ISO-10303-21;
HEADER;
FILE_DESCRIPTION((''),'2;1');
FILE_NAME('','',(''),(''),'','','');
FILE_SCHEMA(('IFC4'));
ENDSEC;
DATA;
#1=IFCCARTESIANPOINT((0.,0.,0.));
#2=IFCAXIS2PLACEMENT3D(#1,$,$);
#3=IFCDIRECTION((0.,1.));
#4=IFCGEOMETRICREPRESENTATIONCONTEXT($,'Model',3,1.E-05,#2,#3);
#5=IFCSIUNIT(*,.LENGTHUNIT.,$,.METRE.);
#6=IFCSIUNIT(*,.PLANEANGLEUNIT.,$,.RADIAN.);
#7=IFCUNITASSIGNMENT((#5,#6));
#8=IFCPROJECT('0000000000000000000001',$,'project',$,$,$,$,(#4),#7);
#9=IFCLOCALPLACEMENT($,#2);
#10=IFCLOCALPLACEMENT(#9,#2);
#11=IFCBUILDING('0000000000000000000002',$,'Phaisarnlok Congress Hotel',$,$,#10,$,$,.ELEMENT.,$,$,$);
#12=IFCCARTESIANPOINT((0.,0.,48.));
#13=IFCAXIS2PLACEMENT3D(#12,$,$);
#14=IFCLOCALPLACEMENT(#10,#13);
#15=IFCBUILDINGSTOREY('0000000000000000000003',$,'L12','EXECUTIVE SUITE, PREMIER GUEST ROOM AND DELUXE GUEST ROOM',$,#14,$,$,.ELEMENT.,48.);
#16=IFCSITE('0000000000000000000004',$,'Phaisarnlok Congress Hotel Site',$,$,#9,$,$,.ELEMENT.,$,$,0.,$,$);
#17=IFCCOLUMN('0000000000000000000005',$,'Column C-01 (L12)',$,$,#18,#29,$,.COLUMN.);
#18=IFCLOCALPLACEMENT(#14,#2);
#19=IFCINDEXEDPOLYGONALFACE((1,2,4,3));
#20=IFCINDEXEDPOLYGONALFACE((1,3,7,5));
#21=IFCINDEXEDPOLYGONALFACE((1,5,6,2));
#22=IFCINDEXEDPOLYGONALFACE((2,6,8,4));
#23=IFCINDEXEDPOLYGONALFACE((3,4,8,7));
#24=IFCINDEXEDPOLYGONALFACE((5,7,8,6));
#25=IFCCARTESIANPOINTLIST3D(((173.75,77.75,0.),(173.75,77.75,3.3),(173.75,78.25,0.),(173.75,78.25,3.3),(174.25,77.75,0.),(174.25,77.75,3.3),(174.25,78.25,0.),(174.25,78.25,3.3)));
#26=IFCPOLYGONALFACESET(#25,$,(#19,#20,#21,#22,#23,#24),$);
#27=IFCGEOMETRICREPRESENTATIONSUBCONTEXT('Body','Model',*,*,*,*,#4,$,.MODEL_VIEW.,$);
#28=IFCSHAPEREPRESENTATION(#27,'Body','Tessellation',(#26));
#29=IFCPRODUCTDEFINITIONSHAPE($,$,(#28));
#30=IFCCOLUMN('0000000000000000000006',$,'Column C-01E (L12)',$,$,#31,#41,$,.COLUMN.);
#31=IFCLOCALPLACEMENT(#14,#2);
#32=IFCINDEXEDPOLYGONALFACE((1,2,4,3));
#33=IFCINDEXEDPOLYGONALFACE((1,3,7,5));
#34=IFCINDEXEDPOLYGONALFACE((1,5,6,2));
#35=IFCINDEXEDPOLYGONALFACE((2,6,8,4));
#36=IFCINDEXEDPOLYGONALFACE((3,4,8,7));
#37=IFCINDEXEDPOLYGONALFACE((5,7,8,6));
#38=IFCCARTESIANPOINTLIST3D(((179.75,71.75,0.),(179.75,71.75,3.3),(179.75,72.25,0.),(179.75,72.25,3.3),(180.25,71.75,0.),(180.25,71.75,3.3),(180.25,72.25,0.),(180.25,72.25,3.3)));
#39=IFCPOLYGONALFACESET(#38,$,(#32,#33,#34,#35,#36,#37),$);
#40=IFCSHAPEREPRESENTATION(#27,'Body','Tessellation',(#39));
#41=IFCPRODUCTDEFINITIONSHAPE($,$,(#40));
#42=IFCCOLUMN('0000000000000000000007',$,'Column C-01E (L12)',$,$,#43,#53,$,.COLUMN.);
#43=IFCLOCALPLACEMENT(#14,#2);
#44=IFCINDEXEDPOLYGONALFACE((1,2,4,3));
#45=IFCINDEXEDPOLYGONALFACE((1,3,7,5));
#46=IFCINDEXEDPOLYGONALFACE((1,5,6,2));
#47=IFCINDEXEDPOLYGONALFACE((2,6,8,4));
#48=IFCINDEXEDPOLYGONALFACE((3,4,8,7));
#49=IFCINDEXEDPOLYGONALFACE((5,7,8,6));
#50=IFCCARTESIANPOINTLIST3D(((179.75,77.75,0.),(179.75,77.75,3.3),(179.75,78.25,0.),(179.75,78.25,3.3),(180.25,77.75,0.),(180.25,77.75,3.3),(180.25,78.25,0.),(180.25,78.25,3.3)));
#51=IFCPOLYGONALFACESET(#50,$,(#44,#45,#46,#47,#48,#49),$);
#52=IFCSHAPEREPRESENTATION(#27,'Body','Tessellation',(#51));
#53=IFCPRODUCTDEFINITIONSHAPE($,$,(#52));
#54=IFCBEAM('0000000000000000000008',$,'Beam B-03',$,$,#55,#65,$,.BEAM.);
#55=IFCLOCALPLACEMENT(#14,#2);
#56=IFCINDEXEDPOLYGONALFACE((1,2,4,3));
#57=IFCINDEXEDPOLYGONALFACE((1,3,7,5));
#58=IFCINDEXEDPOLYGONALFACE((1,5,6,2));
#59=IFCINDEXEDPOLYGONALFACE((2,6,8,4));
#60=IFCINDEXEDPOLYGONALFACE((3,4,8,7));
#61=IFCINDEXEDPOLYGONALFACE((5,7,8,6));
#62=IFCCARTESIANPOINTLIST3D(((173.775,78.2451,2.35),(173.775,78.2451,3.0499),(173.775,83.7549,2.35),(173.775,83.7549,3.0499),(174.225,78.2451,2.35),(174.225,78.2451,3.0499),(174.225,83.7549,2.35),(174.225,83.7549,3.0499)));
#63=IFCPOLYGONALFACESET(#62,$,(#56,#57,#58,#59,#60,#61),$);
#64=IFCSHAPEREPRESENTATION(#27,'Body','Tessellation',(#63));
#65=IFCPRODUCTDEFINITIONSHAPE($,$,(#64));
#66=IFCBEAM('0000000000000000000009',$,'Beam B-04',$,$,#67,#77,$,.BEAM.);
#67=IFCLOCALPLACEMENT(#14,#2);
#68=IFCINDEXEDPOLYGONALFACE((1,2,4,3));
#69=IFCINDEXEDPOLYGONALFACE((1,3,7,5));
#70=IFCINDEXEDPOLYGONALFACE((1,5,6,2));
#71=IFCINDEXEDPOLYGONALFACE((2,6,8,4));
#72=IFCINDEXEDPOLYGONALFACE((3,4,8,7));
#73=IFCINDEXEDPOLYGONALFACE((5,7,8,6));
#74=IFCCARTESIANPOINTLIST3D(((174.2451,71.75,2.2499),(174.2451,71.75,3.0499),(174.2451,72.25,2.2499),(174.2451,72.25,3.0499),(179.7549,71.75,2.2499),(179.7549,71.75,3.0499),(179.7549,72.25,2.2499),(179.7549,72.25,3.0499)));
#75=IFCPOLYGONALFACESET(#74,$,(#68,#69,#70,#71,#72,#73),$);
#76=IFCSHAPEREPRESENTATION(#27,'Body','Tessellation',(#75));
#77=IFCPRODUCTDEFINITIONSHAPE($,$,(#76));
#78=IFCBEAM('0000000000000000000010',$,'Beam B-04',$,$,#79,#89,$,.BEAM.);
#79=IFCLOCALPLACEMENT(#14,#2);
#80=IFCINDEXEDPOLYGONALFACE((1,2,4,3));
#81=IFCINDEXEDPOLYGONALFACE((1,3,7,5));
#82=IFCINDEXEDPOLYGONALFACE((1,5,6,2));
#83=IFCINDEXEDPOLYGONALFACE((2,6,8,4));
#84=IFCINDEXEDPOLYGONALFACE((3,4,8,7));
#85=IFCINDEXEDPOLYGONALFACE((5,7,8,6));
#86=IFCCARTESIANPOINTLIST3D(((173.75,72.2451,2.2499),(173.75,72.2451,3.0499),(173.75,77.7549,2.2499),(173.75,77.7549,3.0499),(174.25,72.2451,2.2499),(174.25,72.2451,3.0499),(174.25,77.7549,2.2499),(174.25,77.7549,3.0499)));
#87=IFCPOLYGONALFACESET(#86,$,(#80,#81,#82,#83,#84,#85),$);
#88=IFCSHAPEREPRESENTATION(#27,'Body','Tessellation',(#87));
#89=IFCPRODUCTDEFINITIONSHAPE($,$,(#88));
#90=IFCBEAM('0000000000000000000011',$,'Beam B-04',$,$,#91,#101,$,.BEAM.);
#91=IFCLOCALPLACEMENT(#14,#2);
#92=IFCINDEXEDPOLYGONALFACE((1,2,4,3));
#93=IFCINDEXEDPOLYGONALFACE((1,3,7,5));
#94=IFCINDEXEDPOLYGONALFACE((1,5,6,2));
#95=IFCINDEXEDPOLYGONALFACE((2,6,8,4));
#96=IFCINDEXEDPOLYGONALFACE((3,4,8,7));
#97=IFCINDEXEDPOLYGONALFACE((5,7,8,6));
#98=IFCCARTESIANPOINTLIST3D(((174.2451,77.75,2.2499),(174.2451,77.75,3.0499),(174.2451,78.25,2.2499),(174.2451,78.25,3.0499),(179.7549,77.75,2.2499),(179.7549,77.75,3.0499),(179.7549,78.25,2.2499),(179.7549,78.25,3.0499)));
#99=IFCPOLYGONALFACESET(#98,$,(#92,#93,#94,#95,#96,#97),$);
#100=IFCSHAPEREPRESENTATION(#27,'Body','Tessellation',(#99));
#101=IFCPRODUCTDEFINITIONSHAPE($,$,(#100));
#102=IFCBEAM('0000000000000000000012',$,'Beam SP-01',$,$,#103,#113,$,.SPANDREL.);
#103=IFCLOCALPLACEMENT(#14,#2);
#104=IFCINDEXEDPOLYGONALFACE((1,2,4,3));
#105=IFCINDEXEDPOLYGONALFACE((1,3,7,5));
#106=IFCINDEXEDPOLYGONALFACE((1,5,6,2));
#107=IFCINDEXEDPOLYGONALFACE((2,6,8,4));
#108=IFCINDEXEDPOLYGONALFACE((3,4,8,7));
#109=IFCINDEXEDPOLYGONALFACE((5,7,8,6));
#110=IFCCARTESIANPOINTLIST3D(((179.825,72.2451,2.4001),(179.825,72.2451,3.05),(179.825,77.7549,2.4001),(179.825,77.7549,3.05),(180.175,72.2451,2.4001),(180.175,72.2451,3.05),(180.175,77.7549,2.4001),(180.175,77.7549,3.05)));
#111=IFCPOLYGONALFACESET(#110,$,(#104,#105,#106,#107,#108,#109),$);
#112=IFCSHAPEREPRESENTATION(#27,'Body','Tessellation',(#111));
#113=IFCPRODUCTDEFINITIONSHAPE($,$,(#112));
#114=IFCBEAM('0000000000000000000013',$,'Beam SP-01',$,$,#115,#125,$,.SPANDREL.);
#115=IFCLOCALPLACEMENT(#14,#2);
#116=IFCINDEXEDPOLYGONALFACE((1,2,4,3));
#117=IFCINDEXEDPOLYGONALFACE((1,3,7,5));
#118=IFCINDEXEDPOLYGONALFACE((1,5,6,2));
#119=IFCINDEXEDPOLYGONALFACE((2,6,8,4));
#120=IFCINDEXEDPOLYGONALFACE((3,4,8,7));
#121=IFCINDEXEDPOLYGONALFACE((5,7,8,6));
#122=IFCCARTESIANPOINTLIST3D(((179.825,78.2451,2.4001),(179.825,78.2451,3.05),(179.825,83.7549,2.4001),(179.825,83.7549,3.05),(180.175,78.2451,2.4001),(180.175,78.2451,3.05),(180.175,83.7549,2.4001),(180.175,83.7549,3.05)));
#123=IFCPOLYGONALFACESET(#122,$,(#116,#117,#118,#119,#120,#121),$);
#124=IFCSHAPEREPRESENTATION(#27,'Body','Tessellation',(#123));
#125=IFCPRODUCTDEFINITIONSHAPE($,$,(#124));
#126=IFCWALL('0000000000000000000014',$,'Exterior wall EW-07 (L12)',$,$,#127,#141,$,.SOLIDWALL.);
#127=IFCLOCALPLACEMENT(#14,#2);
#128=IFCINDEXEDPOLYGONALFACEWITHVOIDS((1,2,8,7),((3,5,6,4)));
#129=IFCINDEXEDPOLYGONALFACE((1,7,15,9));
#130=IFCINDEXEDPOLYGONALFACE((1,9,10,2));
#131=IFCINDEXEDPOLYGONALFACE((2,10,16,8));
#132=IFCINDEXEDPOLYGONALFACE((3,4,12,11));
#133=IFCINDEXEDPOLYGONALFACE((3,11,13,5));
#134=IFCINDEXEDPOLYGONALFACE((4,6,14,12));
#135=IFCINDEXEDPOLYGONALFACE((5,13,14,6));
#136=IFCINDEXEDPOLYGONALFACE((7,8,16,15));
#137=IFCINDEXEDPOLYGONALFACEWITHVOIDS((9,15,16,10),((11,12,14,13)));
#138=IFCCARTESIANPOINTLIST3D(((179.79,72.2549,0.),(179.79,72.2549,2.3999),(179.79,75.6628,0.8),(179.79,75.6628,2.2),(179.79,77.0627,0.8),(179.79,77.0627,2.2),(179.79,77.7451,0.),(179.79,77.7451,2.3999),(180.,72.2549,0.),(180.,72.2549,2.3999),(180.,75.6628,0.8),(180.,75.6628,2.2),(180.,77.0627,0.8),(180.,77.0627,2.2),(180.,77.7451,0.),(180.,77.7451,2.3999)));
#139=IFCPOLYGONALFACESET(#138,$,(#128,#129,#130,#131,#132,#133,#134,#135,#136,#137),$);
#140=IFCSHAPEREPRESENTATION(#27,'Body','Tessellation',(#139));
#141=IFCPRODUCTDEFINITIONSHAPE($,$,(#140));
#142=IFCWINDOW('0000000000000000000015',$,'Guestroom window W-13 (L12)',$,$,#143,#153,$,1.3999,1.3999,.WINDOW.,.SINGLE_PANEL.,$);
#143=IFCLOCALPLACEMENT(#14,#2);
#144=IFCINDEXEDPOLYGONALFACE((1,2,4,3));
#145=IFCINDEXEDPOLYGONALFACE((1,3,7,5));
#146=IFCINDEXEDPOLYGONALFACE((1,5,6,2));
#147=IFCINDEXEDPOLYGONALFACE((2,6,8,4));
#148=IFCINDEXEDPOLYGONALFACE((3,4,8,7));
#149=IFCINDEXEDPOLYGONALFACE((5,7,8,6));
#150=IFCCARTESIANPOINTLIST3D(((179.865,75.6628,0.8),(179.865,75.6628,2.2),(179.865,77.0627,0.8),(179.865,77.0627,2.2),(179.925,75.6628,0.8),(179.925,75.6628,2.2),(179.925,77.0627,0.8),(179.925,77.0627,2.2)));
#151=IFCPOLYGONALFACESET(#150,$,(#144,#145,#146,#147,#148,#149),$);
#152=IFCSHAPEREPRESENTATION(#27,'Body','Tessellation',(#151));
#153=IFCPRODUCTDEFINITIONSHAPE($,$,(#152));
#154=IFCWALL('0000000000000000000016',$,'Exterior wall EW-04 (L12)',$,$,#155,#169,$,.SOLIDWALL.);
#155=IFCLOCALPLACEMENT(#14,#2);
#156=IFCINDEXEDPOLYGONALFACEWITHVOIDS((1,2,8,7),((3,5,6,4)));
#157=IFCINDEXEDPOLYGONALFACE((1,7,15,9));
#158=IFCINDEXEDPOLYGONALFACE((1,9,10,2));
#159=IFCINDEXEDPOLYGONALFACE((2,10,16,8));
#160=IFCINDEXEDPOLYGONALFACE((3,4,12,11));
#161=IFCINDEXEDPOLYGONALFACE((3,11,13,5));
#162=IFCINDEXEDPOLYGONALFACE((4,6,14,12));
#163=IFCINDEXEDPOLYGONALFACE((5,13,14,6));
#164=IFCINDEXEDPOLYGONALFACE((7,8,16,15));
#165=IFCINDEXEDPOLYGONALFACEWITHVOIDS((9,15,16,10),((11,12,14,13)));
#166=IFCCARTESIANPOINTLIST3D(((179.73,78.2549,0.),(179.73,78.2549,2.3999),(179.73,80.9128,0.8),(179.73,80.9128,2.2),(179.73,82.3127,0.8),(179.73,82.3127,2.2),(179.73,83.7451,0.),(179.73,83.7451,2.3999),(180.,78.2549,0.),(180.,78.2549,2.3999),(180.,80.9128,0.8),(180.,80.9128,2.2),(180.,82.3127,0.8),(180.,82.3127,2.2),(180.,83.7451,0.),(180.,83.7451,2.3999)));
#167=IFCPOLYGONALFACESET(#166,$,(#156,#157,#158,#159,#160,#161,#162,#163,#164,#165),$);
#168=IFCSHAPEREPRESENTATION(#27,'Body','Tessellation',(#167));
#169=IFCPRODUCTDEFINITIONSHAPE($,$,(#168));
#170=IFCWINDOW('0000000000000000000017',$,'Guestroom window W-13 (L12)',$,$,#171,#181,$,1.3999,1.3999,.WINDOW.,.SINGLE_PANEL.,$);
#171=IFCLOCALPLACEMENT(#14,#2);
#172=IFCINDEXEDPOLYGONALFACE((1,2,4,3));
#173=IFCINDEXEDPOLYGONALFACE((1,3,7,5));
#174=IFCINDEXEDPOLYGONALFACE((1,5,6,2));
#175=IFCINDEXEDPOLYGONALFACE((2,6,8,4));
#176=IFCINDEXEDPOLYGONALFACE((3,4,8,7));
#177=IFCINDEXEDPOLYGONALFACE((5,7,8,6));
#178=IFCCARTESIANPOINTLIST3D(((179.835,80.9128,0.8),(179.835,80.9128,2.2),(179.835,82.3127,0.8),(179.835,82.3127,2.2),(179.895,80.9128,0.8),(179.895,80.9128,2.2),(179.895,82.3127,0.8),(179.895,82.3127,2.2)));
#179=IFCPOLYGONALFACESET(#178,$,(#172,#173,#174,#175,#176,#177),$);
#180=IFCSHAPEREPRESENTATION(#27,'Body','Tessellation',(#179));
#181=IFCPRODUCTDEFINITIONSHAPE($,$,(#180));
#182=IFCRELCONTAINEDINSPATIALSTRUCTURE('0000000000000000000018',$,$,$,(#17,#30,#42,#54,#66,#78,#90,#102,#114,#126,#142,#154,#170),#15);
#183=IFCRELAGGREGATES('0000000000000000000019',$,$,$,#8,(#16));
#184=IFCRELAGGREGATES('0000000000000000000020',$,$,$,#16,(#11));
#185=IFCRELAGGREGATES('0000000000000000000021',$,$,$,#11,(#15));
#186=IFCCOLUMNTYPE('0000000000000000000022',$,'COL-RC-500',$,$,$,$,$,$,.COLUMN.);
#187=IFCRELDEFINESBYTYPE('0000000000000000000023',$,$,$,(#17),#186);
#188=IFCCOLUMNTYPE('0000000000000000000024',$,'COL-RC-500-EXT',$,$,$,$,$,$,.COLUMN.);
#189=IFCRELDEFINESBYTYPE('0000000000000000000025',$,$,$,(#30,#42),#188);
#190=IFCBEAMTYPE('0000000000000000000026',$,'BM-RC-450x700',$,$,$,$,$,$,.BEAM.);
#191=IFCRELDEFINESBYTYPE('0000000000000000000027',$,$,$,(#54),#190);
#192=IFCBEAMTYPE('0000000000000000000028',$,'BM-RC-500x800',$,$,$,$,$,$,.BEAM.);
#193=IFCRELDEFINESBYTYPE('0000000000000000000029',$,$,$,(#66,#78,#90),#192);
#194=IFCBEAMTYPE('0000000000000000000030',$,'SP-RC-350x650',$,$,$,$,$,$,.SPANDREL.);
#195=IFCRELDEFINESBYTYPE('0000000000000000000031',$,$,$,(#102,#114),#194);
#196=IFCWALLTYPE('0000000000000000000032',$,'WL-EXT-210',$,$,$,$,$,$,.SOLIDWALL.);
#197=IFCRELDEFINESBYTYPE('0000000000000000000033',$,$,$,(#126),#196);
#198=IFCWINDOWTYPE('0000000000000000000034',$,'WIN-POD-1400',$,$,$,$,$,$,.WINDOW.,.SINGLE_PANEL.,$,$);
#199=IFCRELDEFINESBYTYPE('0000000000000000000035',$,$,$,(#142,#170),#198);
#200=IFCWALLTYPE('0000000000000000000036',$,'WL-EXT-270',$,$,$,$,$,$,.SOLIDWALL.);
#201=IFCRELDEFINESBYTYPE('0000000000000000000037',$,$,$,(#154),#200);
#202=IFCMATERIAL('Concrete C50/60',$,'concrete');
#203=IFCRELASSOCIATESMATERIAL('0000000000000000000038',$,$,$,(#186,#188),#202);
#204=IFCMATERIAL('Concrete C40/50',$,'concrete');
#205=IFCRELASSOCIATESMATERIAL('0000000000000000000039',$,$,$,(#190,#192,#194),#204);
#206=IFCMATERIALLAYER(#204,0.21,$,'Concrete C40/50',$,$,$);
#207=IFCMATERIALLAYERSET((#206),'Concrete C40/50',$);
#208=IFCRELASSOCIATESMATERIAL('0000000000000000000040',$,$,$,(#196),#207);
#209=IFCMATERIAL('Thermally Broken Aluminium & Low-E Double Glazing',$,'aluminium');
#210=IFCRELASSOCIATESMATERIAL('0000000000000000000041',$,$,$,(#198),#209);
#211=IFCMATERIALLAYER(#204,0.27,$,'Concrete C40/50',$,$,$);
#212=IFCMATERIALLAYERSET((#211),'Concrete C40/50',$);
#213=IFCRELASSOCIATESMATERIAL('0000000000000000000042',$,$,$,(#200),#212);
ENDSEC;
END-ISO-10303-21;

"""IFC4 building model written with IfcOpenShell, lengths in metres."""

from ifc_helpers import new_model, si_unit, direction, frame, frame_2d, origin, origin_2d, place, context, subcontext, project, spatial, rectangle, extrude, material, layer, layer_set, material_profile, profile_set, type_object, element, fill, save


model = new_model("IFC4")

# Units and contexts
model_context = context("Model", 3, precision=1e-05, world=origin(), true_north=direction((0.0, 1.0)))
body_context = subcontext(model_context, "Body", "Model", "MODEL_VIEW")
ifc_project = project(units=[si_unit("LENGTHUNIT", "METRE"), si_unit("PLANEANGLEUNIT", "RADIAN")], contexts=[model_context])

# Site, building, storey
site_placement = place(None, origin())
site = spatial("IfcSite", under=ifc_project, at=site_placement, Name="Phaisarnlok Congress Hotel Site", CompositionType="ELEMENT", RefElevation=0.0)
building_placement = place(site_placement, origin())
building = spatial("IfcBuilding", under=site, at=building_placement, Name="Phaisarnlok Congress Hotel", CompositionType="ELEMENT")
storey_placement = place(building_placement, frame((0.0, 0.0, 48.0)))
storey = spatial("IfcBuildingStorey", under=building, at=storey_placement, Name="L12", Description="EXECUTIVE SUITE, PREMIER GUEST ROOM AND DELUXE GUEST ROOM", CompositionType="ELEMENT", Elevation=48.0)

# Columns
ifc_material_1 = material(Name="Concrete C50/60", Category="concrete")
ifc_material_profile_1 = material_profile(ifc_material_1, rectangle(XDim=0.5, YDim=0.5, at=origin_2d()), Name="RC 500x500")
ifc_profile_set_1 = profile_set([ifc_material_profile_1], Name="Concrete C50/60")
column_type_1 = type_object("IfcColumnType", Name="COL-RC-500", PredefinedType="COLUMN", material=ifc_profile_set_1)
column_placement = place(storey_placement, frame((174.0, 78.0, 0.0), z_axis=(0.0, 0.0, 1.0), x_axis=(1.0, 0.0, 0.0)))
element("IfcColumn", 1, at=column_placement, inside=storey, type_object=column_type_1, Name="Column C-01 (L12)", PredefinedType="COLUMN", context=body_context, shape_type="SweptSolid", body=[
    extrude(rectangle(XDim=0.5, YDim=0.5, at=origin_2d()), origin(), (0.0, 0.0, 1.0), 3.3),
])
ifc_material_profile_2 = material_profile(ifc_material_1, rectangle(XDim=0.5, YDim=0.5, at=origin_2d()), Name="RC 500x500")
ifc_profile_set_2 = profile_set([ifc_material_profile_2], Name="Concrete C50/60")
column_type_2 = type_object("IfcColumnType", Name="COL-RC-500-EXT", PredefinedType="COLUMN", material=ifc_profile_set_2)
for number, where, z_axis, x_axis, name in (
    (2, (180.0, 72.0, 0.0), (0.0, 0.0, 1.0), (1.0, 0.0, 0.0), "Column C-01E (L12)"),
    (3, (180.0, 78.0, 0.0), (0.0, 0.0, 1.0), (1.0, 0.0, 0.0), "Column C-01E (L12)"),
):
    element("IfcColumn", number, at=place(storey_placement, frame(where, z_axis=z_axis, x_axis=x_axis)), inside=storey, type_object=column_type_2, Name=name, PredefinedType="COLUMN", context=body_context, shape_type="SweptSolid", body=[
        extrude(rectangle(XDim=0.5, YDim=0.5, at=origin_2d()), origin(), (0.0, 0.0, 1.0), 3.3),
    ])

# Beams
ifc_material_2 = material(Name="Concrete C40/50", Category="concrete")
ifc_material_profile_3 = material_profile(ifc_material_2, rectangle(XDim=0.45, YDim=0.7, at=origin_2d()), Name="RC 450x700")
ifc_profile_set_3 = profile_set([ifc_material_profile_3], Name="Concrete C40/50")
beam_type_1 = type_object("IfcBeamType", Name="BM-RC-450x700", PredefinedType="BEAM", material=ifc_profile_set_3)
beam_placement = place(storey_placement, frame((174.0, 78.2451, 2.7), z_axis=(0.0, 1.0, 0.0), x_axis=(-1.0, 0.0, 0.0)))
element("IfcBeam", 4, at=beam_placement, inside=storey, type_object=beam_type_1, Name="Beam B-03", PredefinedType="BEAM", context=body_context, shape_type="SweptSolid", body=[
    extrude(rectangle(XDim=0.45, YDim=0.7, at=origin_2d()), origin(), (0.0, 0.0, 1.0), 5.5098),
])
ifc_material_profile_4 = material_profile(ifc_material_2, rectangle(XDim=0.5, YDim=0.8, at=origin_2d()), Name="RC 500x800")
ifc_profile_set_4 = profile_set([ifc_material_profile_4], Name="Concrete C40/50")
beam_type_2 = type_object("IfcBeamType", Name="BM-RC-500x800", PredefinedType="BEAM", material=ifc_profile_set_4)
for number, where, z_axis, x_axis, name in (
    (5, (174.2451, 72.0, 2.6499), (1.0, 0.0, 0.0), (0.0, 1.0, 0.0), "Beam B-04"),
    (6, (174.0, 72.2451, 2.6499), (0.0, 1.0, 0.0), (-1.0, 0.0, 0.0), "Beam B-04"),
    (7, (174.2451, 78.0, 2.6499), (1.0, 0.0, 0.0), (0.0, 1.0, 0.0), "Beam B-04"),
):
    element("IfcBeam", number, at=place(storey_placement, frame(where, z_axis=z_axis, x_axis=x_axis)), inside=storey, type_object=beam_type_2, Name=name, PredefinedType="BEAM", context=body_context, shape_type="SweptSolid", body=[
        extrude(rectangle(XDim=0.5, YDim=0.8, at=origin_2d()), origin(), (0.0, 0.0, 1.0), 5.5098),
    ])
ifc_material_profile_5 = material_profile(ifc_material_2, rectangle(XDim=0.3501, YDim=0.6499, at=origin_2d()), Name="RC 350x650")
ifc_profile_set_5 = profile_set([ifc_material_profile_5], Name="Concrete C40/50")
beam_type_3 = type_object("IfcBeamType", Name="SP-RC-350x650", PredefinedType="SPANDREL", material=ifc_profile_set_5)
for number, where, z_axis, x_axis, name in (
    (8, (180.0, 72.2451, 2.7251), (0.0, 1.0, 0.0), (-1.0, 0.0, 0.0), "Beam SP-01"),
    (9, (180.0, 78.2451, 2.7251), (0.0, 1.0, 0.0), (-1.0, 0.0, 0.0), "Beam SP-01"),
):
    element("IfcBeam", number, at=place(storey_placement, frame(where, z_axis=z_axis, x_axis=x_axis)), inside=storey, type_object=beam_type_3, Name=name, PredefinedType="SPANDREL", context=body_context, shape_type="SweptSolid", body=[
        extrude(rectangle(XDim=0.3501, YDim=0.6499, at=origin_2d()), origin(), (0.0, 0.0, 1.0), 5.5098),
    ])

# Walls, openings, windows
ifc_layer_1 = layer(ifc_material_2, 0.21, Name="Concrete C40/50")
ifc_layer_set_1 = layer_set([ifc_layer_1], Name="Concrete C40/50")
wall_type_1 = type_object("IfcWallType", Name="WL-EXT-210", PredefinedType="SOLIDWALL", material=ifc_layer_set_1)
wall_1_placement = place(storey_placement, frame((179.895, 72.2549, 0.0), z_axis=(0.0, 0.0, 1.0), x_axis=(0.0, 1.0, 0.0)))
wall_1 = element("IfcWall", 10, at=wall_1_placement, inside=storey, type_object=wall_type_1, Name="Exterior wall EW-07 (L12)", PredefinedType="SOLIDWALL", context=body_context, shape_type="SweptSolid", body=[
    extrude(rectangle(XDim=5.4902, YDim=0.21, at=frame_2d((2.7451, 0.0))), origin(), (0.0, 0.0, 1.0), 2.3999),
])
opening_1_placement = place(wall_1_placement, frame((3.408, 0.0, 0.8)))
opening_1 = element("IfcOpeningElement", 11, at=opening_1_placement, cuts=wall_1, PredefinedType="OPENING", context=body_context, shape_type="SweptSolid", body=[
    extrude(rectangle(XDim=1.3999, YDim=1.3999, at=frame_2d((0.7, 0.7))), frame((0.0, 0.115, 0.0), z_axis=(0.0, -1.0, 0.0), x_axis=(1.0, 0.0, 0.0)), (0.0, 0.0, 1.0), 0.23),
])
ifc_material_3 = material(Name="Thermally Broken Aluminium & Low-E Double Glazing", Category="aluminium")
window_type = type_object("IfcWindowType", Name="WIN-POD-1400", PartitioningType="SINGLE_PANEL", PredefinedType="WINDOW", material=ifc_material_3)
window_1_placement = place(opening_1_placement, origin())
window_1 = element("IfcWindow", 12, at=window_1_placement, inside=storey, type_object=window_type, Name="Guestroom window W-13 (L12)", OverallHeight=1.3999, OverallWidth=1.3999, PartitioningType="SINGLE_PANEL", PredefinedType="WINDOW", context=body_context, shape_type="SweptSolid", body=[
    extrude(rectangle(XDim=1.3999, YDim=1.3999, at=frame_2d((0.7, 0.7))), frame((0.0, 0.03, 0.0), z_axis=(0.0, -1.0, 0.0), x_axis=(1.0, 0.0, 0.0)), (0.0, 0.0, 1.0), 0.0601),
])
fill(opening_1, window_1)
ifc_layer_2 = layer(ifc_material_2, 0.27, Name="Concrete C40/50")
ifc_layer_set_2 = layer_set([ifc_layer_2], Name="Concrete C40/50")
wall_type_2 = type_object("IfcWallType", Name="WL-EXT-270", PredefinedType="SOLIDWALL", material=ifc_layer_set_2)
wall_2_placement = place(storey_placement, frame((179.865, 78.2549, 0.0), z_axis=(0.0, 0.0, 1.0), x_axis=(0.0, 1.0, 0.0)))
wall_2 = element("IfcWall", 13, at=wall_2_placement, inside=storey, type_object=wall_type_2, Name="Exterior wall EW-04 (L12)", PredefinedType="SOLIDWALL", context=body_context, shape_type="SweptSolid", body=[
    extrude(rectangle(XDim=5.4902, YDim=0.27, at=frame_2d((2.7451, 0.0))), origin(), (0.0, 0.0, 1.0), 2.3999),
])
opening_2_placement = place(wall_2_placement, frame((2.658, 0.0, 0.8)))
opening_2 = element("IfcOpeningElement", 14, at=opening_2_placement, cuts=wall_2, PredefinedType="OPENING", context=body_context, shape_type="SweptSolid", body=[
    extrude(rectangle(XDim=1.3999, YDim=1.3999, at=frame_2d((0.7, 0.7))), frame((0.0, 0.145, 0.0), z_axis=(0.0, -1.0, 0.0), x_axis=(1.0, 0.0, 0.0)), (0.0, 0.0, 1.0), 0.29),
])
window_2_placement = place(opening_2_placement, origin())
window_2 = element("IfcWindow", 15, at=window_2_placement, inside=storey, type_object=window_type, Name="Guestroom window W-13 (L12)", OverallHeight=1.3999, OverallWidth=1.3999, PartitioningType="SINGLE_PANEL", PredefinedType="WINDOW", context=body_context, shape_type="SweptSolid", body=[
    extrude(rectangle(XDim=1.3999, YDim=1.3999, at=frame_2d((0.7, 0.7))), frame((0.0, 0.03, 0.0), z_axis=(0.0, -1.0, 0.0), x_axis=(1.0, 0.0, 0.0)), (0.0, 0.0, 1.0), 0.0601),
])
fill(opening_2, window_2)

save(model, "model.ifc")
